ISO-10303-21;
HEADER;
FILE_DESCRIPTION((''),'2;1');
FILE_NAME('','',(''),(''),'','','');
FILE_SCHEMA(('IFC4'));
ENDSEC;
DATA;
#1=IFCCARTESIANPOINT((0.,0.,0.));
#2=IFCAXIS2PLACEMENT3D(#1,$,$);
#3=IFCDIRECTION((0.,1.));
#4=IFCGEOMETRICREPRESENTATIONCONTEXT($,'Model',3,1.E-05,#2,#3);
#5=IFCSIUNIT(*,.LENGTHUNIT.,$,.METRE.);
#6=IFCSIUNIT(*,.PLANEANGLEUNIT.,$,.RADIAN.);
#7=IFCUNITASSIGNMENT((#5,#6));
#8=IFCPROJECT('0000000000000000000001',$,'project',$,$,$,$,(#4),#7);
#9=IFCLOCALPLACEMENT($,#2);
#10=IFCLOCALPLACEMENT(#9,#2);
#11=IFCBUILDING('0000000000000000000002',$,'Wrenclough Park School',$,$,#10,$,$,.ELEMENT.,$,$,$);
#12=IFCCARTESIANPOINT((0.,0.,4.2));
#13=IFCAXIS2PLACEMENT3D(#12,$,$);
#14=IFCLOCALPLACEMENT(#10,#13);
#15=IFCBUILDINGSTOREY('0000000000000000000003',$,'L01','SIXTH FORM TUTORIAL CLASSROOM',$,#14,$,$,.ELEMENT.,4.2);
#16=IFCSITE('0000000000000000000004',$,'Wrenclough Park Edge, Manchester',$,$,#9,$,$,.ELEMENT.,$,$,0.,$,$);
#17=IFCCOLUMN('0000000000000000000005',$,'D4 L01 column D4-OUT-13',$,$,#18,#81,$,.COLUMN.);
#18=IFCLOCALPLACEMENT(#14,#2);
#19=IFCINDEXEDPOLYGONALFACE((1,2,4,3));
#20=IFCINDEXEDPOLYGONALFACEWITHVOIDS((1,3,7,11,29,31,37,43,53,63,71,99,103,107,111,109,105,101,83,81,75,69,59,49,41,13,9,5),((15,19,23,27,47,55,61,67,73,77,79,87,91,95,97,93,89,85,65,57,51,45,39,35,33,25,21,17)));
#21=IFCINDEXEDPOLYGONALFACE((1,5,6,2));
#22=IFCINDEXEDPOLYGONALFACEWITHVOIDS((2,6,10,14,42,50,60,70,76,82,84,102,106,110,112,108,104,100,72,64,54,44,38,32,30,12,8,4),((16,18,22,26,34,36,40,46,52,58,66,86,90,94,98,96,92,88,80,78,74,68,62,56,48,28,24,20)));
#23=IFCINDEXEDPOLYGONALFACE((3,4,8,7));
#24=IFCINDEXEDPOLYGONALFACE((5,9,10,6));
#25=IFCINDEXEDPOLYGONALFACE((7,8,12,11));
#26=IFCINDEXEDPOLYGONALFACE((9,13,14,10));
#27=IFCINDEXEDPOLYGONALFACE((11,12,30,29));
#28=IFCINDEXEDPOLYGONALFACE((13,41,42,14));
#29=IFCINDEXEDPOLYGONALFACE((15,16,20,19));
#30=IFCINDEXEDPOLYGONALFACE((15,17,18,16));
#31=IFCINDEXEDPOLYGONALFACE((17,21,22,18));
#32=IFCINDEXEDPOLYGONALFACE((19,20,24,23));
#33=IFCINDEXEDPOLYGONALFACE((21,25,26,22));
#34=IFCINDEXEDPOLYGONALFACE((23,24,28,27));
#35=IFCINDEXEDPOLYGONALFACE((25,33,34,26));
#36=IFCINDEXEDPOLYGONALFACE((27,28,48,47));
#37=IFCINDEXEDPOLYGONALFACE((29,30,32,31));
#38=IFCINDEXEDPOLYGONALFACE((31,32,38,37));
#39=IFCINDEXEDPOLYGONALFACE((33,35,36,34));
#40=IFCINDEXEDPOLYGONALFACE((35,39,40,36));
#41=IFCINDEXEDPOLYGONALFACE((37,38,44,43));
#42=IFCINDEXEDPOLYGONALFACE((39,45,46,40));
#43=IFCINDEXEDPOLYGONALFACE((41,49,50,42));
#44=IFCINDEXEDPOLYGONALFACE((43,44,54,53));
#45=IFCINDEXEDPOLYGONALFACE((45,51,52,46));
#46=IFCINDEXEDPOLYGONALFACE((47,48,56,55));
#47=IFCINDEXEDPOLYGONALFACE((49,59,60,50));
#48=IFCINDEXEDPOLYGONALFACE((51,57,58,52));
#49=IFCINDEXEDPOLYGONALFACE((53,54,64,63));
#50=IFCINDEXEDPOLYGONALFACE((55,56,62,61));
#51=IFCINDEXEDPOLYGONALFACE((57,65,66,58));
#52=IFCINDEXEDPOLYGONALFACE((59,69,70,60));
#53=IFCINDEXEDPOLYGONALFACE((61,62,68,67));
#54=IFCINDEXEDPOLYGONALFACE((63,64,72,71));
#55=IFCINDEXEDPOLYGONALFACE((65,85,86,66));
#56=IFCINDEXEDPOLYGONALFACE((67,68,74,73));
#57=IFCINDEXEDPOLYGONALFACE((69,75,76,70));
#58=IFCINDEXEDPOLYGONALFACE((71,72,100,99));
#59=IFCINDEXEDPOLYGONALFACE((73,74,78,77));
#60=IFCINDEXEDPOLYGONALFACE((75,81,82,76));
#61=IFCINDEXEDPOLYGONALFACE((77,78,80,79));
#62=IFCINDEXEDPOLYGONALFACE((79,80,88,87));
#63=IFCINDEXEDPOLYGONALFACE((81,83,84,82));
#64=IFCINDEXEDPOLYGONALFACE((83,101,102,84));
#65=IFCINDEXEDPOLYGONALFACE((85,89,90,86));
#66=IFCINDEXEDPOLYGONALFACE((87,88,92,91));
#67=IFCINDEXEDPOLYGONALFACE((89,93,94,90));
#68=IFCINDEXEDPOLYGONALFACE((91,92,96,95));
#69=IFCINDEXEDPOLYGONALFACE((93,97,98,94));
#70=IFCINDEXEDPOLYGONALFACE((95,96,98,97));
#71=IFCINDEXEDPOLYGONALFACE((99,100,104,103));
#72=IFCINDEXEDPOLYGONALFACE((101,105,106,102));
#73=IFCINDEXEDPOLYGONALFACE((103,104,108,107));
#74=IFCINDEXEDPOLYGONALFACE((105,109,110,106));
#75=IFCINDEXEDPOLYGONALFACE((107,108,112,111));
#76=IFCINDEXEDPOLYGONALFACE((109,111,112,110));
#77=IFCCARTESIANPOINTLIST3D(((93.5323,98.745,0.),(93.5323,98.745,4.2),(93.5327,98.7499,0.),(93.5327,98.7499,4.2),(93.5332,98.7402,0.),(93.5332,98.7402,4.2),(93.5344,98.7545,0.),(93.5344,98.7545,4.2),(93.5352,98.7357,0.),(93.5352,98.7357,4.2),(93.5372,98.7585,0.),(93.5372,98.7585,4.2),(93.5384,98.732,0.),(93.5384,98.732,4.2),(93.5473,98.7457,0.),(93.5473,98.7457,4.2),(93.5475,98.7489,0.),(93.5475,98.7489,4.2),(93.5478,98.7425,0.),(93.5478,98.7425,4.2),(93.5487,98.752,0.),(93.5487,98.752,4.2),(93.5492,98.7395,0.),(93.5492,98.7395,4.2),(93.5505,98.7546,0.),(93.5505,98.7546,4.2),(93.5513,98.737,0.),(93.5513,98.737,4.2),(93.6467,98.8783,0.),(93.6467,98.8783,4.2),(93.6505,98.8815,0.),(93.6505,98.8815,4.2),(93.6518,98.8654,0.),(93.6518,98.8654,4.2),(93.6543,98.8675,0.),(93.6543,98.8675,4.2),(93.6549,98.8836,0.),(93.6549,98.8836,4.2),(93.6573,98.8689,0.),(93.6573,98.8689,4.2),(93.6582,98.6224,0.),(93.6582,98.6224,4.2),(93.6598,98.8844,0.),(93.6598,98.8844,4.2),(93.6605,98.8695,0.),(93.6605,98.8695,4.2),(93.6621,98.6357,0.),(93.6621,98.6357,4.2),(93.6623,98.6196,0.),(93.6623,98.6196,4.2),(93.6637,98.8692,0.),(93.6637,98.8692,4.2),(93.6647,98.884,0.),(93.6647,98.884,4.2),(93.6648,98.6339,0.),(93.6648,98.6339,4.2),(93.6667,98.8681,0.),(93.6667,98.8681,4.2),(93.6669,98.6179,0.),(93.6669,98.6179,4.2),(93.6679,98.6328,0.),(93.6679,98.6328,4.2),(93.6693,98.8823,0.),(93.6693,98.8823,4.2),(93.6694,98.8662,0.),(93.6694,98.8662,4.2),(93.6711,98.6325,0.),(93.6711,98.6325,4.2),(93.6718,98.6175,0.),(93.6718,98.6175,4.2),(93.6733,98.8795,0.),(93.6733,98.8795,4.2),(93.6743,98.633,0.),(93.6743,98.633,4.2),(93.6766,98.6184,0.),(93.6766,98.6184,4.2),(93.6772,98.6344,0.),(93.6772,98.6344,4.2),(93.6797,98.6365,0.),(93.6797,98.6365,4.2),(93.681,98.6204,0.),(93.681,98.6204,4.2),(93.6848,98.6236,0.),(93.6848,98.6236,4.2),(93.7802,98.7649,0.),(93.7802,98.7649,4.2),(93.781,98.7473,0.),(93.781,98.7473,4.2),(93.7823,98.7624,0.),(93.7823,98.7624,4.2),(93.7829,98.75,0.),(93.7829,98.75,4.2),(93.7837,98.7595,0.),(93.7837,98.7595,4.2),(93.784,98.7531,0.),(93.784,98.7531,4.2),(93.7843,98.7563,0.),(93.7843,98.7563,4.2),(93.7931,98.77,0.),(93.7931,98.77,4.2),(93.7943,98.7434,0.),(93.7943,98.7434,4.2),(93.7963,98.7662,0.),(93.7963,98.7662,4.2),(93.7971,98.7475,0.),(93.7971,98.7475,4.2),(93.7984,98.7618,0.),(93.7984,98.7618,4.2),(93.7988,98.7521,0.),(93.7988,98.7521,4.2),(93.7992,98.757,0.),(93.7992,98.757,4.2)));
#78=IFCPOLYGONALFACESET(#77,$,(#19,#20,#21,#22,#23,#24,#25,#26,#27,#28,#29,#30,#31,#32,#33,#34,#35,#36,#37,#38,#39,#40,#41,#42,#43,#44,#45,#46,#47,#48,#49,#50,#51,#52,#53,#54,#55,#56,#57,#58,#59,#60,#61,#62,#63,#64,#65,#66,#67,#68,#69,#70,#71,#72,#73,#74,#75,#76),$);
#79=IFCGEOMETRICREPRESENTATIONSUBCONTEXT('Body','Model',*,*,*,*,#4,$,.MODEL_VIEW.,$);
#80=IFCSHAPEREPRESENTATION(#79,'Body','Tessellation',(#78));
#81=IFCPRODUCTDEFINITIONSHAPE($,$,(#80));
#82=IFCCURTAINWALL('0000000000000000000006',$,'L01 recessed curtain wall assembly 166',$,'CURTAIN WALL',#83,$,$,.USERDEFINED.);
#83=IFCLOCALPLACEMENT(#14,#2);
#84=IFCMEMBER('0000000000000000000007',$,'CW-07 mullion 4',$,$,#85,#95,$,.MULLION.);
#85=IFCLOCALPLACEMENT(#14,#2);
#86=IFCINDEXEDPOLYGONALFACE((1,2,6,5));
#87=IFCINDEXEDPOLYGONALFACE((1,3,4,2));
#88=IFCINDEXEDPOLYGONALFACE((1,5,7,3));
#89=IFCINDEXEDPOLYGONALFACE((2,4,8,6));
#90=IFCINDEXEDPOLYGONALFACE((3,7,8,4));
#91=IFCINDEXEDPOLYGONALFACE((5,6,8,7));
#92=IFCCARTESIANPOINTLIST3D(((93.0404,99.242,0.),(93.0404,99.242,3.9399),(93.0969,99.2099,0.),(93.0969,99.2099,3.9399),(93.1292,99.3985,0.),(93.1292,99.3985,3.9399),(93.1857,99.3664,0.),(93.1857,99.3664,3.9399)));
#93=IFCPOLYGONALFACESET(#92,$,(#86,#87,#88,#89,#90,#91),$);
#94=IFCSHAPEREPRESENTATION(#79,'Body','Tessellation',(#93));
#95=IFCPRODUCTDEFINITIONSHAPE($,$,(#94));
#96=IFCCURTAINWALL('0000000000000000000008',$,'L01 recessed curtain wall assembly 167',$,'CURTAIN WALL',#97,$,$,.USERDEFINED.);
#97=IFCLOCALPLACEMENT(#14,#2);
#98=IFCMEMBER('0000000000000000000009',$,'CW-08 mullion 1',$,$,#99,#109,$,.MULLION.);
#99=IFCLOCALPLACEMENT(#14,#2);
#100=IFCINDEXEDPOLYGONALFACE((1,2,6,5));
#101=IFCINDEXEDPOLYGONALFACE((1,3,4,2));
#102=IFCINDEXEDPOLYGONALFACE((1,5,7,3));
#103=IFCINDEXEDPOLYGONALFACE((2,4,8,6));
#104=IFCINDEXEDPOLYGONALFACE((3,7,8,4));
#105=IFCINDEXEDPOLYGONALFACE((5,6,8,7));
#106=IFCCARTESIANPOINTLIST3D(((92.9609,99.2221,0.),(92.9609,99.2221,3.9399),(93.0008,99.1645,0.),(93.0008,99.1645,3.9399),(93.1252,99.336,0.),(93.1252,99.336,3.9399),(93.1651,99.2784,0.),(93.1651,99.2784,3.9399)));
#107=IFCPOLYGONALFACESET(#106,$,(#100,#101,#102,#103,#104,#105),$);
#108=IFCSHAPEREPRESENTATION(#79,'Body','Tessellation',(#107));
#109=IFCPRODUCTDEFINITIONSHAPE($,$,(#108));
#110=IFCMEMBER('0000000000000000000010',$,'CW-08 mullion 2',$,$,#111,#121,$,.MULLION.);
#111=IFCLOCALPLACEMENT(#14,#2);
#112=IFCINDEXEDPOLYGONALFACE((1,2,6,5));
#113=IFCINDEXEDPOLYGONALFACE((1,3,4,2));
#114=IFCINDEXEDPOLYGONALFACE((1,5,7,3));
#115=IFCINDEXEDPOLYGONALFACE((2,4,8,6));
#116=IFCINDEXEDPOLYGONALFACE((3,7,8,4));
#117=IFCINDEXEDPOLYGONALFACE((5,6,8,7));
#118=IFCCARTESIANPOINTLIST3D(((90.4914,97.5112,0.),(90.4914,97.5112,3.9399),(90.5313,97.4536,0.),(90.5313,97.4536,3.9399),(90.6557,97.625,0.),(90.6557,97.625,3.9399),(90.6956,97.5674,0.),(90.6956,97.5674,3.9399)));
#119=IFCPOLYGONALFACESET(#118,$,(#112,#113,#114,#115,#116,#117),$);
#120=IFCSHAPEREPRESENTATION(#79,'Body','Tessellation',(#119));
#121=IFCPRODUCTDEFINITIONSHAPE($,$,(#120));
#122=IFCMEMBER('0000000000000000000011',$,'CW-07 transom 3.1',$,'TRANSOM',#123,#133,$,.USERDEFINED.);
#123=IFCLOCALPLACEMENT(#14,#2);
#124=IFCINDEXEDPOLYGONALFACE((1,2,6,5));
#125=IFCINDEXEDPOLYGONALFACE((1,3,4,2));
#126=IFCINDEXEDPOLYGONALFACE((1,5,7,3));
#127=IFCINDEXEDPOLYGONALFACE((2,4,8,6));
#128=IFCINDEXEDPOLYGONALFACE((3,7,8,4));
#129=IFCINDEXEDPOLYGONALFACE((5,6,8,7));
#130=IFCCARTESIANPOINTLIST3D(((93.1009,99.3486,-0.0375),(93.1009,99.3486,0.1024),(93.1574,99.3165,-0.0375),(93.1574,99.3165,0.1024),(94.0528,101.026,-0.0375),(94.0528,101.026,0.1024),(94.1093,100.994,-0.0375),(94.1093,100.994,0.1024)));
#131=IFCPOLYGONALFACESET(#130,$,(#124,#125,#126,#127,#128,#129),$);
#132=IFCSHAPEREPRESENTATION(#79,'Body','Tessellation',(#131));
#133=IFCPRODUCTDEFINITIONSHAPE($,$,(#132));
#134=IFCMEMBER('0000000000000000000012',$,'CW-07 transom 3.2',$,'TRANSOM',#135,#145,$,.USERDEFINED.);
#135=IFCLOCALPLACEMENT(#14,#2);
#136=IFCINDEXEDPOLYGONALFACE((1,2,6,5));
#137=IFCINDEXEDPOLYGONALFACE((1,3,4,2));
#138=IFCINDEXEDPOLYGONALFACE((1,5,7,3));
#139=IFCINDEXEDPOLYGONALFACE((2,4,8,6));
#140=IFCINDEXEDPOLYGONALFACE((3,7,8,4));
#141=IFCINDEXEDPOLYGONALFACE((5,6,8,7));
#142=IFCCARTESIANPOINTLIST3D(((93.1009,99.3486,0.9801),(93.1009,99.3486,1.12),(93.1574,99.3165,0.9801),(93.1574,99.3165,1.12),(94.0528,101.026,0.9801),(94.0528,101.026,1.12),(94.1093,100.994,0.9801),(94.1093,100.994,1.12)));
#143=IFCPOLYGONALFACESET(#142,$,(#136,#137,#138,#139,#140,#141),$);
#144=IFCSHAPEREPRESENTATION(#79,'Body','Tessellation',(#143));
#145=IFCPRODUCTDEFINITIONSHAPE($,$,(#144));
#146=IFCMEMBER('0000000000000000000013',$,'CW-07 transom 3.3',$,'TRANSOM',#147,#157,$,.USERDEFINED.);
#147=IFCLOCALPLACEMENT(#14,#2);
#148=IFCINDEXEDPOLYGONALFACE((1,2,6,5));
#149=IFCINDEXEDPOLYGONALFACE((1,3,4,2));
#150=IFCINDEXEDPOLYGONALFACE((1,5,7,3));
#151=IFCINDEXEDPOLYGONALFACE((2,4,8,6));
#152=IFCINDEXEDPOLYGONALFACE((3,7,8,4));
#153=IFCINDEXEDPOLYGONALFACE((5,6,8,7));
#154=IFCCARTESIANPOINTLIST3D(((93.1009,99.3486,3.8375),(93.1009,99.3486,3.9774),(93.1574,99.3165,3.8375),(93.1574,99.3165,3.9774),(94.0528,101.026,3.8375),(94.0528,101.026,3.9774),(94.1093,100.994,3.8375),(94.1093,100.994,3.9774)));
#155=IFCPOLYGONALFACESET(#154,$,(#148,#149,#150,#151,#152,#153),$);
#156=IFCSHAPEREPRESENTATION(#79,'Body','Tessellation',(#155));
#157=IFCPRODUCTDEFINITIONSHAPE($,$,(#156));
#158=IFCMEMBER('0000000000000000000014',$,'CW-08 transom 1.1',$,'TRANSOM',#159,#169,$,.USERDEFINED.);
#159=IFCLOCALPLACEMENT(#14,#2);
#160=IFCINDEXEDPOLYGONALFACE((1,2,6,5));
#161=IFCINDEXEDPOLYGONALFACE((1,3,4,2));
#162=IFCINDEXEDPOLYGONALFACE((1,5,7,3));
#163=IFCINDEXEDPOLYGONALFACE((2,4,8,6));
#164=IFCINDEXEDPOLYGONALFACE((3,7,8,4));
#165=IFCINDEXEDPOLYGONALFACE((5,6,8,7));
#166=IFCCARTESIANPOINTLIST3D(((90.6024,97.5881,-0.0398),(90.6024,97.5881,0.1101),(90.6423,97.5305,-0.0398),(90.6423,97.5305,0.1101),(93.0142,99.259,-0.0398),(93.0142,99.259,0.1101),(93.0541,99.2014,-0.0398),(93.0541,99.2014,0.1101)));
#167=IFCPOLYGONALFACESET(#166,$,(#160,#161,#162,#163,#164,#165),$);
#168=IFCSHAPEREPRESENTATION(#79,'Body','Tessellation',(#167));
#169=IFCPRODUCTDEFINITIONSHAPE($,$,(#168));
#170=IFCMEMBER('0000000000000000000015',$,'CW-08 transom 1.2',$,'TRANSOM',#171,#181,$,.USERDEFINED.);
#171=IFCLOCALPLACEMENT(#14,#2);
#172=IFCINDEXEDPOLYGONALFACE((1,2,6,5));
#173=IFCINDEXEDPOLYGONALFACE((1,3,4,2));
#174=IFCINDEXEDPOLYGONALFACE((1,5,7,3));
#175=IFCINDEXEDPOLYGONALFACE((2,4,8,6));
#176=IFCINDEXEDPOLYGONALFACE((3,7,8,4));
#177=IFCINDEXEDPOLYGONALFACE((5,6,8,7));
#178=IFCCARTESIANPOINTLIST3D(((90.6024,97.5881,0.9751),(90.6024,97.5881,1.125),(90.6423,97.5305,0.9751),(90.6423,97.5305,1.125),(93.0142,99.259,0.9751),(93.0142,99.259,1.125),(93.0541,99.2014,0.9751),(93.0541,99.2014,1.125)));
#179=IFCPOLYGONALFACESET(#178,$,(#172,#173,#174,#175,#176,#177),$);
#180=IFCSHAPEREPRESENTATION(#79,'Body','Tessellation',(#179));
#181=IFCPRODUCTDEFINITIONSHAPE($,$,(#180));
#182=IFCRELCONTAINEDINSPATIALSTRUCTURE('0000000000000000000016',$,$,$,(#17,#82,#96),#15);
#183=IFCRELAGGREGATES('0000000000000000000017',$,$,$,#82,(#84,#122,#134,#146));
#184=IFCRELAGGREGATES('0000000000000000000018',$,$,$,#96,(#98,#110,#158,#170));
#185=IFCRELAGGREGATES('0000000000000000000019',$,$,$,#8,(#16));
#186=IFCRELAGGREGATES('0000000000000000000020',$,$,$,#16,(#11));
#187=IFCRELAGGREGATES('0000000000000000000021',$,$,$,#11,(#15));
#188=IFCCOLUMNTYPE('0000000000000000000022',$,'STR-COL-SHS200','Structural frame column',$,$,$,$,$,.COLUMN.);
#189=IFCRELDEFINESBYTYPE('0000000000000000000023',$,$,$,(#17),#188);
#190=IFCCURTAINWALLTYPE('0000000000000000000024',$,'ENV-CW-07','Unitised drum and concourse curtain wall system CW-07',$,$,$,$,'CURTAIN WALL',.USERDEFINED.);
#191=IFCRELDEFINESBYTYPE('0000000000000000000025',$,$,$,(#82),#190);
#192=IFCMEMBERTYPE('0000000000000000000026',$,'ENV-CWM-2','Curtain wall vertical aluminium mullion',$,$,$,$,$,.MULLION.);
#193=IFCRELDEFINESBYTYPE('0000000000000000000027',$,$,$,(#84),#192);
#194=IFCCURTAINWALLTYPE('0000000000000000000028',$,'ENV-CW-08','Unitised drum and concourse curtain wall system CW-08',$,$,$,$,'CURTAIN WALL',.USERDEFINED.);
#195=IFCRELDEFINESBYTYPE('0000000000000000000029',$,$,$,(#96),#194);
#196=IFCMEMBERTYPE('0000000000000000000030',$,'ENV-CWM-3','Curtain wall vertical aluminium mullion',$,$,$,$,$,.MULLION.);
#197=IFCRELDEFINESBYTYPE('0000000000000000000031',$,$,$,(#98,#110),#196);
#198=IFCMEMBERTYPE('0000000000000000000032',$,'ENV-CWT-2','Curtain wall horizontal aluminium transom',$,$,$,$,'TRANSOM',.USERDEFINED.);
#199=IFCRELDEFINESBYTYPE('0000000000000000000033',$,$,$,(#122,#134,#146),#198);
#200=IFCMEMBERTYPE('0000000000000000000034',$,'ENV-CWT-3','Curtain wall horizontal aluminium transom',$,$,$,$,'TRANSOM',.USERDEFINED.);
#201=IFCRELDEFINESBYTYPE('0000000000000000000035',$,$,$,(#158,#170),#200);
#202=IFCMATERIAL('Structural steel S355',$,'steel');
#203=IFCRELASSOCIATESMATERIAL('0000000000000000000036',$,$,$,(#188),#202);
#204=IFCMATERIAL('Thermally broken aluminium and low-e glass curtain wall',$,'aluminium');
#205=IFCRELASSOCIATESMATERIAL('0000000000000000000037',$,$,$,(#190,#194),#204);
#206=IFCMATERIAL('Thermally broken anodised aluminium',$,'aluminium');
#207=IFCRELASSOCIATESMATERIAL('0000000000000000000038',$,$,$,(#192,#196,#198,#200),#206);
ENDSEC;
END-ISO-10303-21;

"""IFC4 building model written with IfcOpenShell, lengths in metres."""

from ifc_helpers import new_model, si_unit, direction, frame, origin, origin_2d, place, context, subcontext, project, spatial, rectangle, hollow_rectangle, extrude, material, material_profile, profile_set, type_object, element, aggregate, save


model = new_model("IFC4")

# Units and contexts
model_context = context("Model", 3, precision=1e-05, world=origin(), true_north=direction((0.0, 1.0)))
body_context = subcontext(model_context, "Body", "Model", "MODEL_VIEW")
ifc_project = project(units=[si_unit("LENGTHUNIT", "METRE"), si_unit("PLANEANGLEUNIT", "RADIAN")], contexts=[model_context])

# Site, building, storey
site_placement = place(None, origin())
site = spatial("IfcSite", under=ifc_project, at=site_placement, Name="Wrenclough Park Edge, Manchester", CompositionType="ELEMENT", RefElevation=0.0)
building_placement = place(site_placement, origin())
building = spatial("IfcBuilding", under=site, at=building_placement, Name="Wrenclough Park School", CompositionType="ELEMENT")
storey_placement = place(building_placement, frame((0.0, 0.0, 4.2)))
storey = spatial("IfcBuildingStorey", under=building, at=storey_placement, Name="L01", Description="SIXTH FORM TUTORIAL CLASSROOM", CompositionType="ELEMENT", Elevation=4.2)

# Column
ifc_material_1 = material(Name="Structural steel S355", Category="steel")
ifc_material_profile_1 = material_profile(ifc_material_1, hollow_rectangle(XDim=0.2, YDim=0.2, WallThickness=0.0125, InnerFilletRadius=0.0125, OuterFilletRadius=0.0188, at=origin_2d()), Name="SHS 200x200x12.5")
ifc_profile_set_1 = profile_set([ifc_material_profile_1], Name="Structural steel S355")
column_type = type_object("IfcColumnType", Name="STR-COL-SHS200", Description="Structural frame column", PredefinedType="COLUMN", material=ifc_profile_set_1)
column_placement = place(storey_placement, frame((93.6658, 98.751, 0.0), z_axis=(0.0, 0.0, 1.0), x_axis=(0.674689, 0.738102, 0.0)))
element("IfcColumn", 1, at=column_placement, inside=storey, type_object=column_type, Name="D4 L01 column D4-OUT-13", PredefinedType="COLUMN", context=body_context, shape_type="SweptSolid", body=[
    extrude(hollow_rectangle(XDim=0.2, YDim=0.2, WallThickness=0.0125, InnerFilletRadius=0.0125, OuterFilletRadius=0.0188, at=origin_2d()), origin(), (0.0, 0.0, 1.0), 4.2),
])

# Curtain wall, member
ifc_material_2 = material(Name="Thermally broken aluminium and low-e glass curtain wall", Category="aluminium")
curtain_wall_type_1 = type_object("IfcCurtainWallType", Name="ENV-CW-07", Description="Unitised drum and concourse curtain wall system CW-07", ElementType="CURTAIN WALL", PredefinedType="USERDEFINED", material=ifc_material_2)
curtain_wall_1_placement = place(storey_placement, origin())
curtain_wall_1 = element("IfcCurtainWall", 2, at=curtain_wall_1_placement, inside=storey, type_object=curtain_wall_type_1, Name="L01 recessed curtain wall assembly 166", ObjectType="CURTAIN WALL", PredefinedType="USERDEFINED")
ifc_material_3 = material(Name="Thermally broken anodised aluminium", Category="aluminium")
ifc_material_profile_2 = material_profile(ifc_material_3, rectangle(XDim=0.0649, YDim=0.1799, at=origin_2d()), Name="AL MULLION 65x180")
ifc_profile_set_2 = profile_set([ifc_material_profile_2], Name="Thermally broken anodised aluminium")
member_type_1 = type_object("IfcMemberType", Name="ENV-CWM-2", Description="Curtain wall vertical aluminium mullion", PredefinedType="MULLION", material=ifc_profile_set_2)
member_1_placement = place(storey_placement, frame((93.113, 99.3042, 0.0), z_axis=(0.0, 0.0, 1.0), x_axis=(0.869745, -0.493501, 0.0)))
member_1 = element("IfcMember", 3, at=member_1_placement, type_object=member_type_1, Name="CW-07 mullion 4", PredefinedType="MULLION", context=body_context, shape_type="SweptSolid", body=[
    extrude(rectangle(XDim=0.0649, YDim=0.1799, at=origin_2d()), origin(), (0.0, 0.0, 1.0), 3.9399),
])

# Curtain wall, members
curtain_wall_type_2 = type_object("IfcCurtainWallType", Name="ENV-CW-08", Description="Unitised drum and concourse curtain wall system CW-08", ElementType="CURTAIN WALL", PredefinedType="USERDEFINED", material=ifc_material_2)
curtain_wall_2_placement = place(storey_placement, origin())
curtain_wall_2 = element("IfcCurtainWall", 4, at=curtain_wall_2_placement, inside=storey, type_object=curtain_wall_type_2, Name="L01 recessed curtain wall assembly 167", ObjectType="CURTAIN WALL", PredefinedType="USERDEFINED")
ifc_material_profile_3 = material_profile(ifc_material_3, rectangle(XDim=0.0701, YDim=0.2, at=origin_2d()), Name="AL MULLION 70x200")
ifc_profile_set_3 = profile_set([ifc_material_profile_3], Name="Thermally broken anodised aluminium")
member_type_2 = type_object("IfcMemberType", Name="ENV-CWM-3", Description="Curtain wall vertical aluminium mullion", PredefinedType="MULLION", material=ifc_profile_set_3)
member_2_placement = place(storey_placement, frame((93.063, 99.2502, 0.0), z_axis=(0.0, 0.0, 1.0), x_axis=(0.569486, -0.822001, 0.0)))
member_2 = element("IfcMember", 5, at=member_2_placement, type_object=member_type_2, Name="CW-08 mullion 1", PredefinedType="MULLION", context=body_context, shape_type="SweptSolid", body=[
    extrude(rectangle(XDim=0.0701, YDim=0.2, at=origin_2d()), origin(), (0.0, 0.0, 1.0), 3.9399),
])
member_3_placement = place(storey_placement, frame((90.5935, 97.5393, 0.0), z_axis=(0.0, 0.0, 1.0), x_axis=(0.569486, -0.822001, 0.0)))
member_3 = element("IfcMember", 6, at=member_3_placement, type_object=member_type_2, Name="CW-08 mullion 2", PredefinedType="MULLION", context=body_context, shape_type="SweptSolid", body=[
    extrude(rectangle(XDim=0.0701, YDim=0.2, at=origin_2d()), origin(), (0.0, 0.0, 1.0), 3.9399),
])

# Members
ifc_material_profile_4 = material_profile(ifc_material_3, rectangle(XDim=0.0649, YDim=0.1399, at=origin_2d()), Name="AL TRANSOM 65x140")
ifc_profile_set_4 = profile_set([ifc_material_profile_4], Name="Thermally broken anodised aluminium")
member_type_3 = type_object("IfcMemberType", Name="ENV-CWT-2", Description="Curtain wall horizontal aluminium transom", ElementType="TRANSOM", PredefinedType="USERDEFINED", material=ifc_profile_set_4)
member_4_placement = place(storey_placement, frame((94.0811, 101.01, 0.0325), z_axis=(-0.493533, -0.869727, 0.0), x_axis=(0.869727, -0.493533, 0.0)))
member_4 = element("IfcMember", 7, at=member_4_placement, type_object=member_type_3, Name="CW-07 transom 3.1", ObjectType="TRANSOM", PredefinedType="USERDEFINED", context=body_context, shape_type="SweptSolid", body=[
    extrude(rectangle(XDim=0.0649, YDim=0.1399, at=origin_2d()), origin(), (0.0, 0.0, 1.0), 1.9287),
])
member_5_placement = place(storey_placement, frame((94.0811, 101.01, 1.05), z_axis=(-0.493533, -0.869727, 0.0), x_axis=(0.869727, -0.493533, 0.0)))
member_5 = element("IfcMember", 8, at=member_5_placement, type_object=member_type_3, Name="CW-07 transom 3.2", ObjectType="TRANSOM", PredefinedType="USERDEFINED", context=body_context, shape_type="SweptSolid", body=[
    extrude(rectangle(XDim=0.0649, YDim=0.1399, at=origin_2d()), origin(), (0.0, 0.0, 1.0), 1.9287),
])
member_6_placement = place(storey_placement, frame((94.0811, 101.01, 3.9075), z_axis=(-0.493533, -0.869727, 0.0), x_axis=(0.869727, -0.493533, 0.0)))
member_6 = element("IfcMember", 9, at=member_6_placement, type_object=member_type_3, Name="CW-07 transom 3.3", ObjectType="TRANSOM", PredefinedType="USERDEFINED", context=body_context, shape_type="SweptSolid", body=[
    extrude(rectangle(XDim=0.0649, YDim=0.1399, at=origin_2d()), origin(), (0.0, 0.0, 1.0), 1.9287),
])
ifc_material_profile_5 = material_profile(ifc_material_3, rectangle(XDim=0.0701, YDim=0.1499, at=origin_2d()), Name="AL TRANSOM 70x150")
ifc_profile_set_5 = profile_set([ifc_material_profile_5], Name="Thermally broken anodised aluminium")
member_type_4 = type_object("IfcMemberType", Name="ENV-CWT-3", Description="Curtain wall horizontal aluminium transom", ElementType="TRANSOM", PredefinedType="USERDEFINED", material=ifc_profile_set_5)
member_7_placement = place(storey_placement, frame((93.0342, 99.2302, 0.0352), z_axis=(-0.822009, -0.569474, 0.0), x_axis=(0.569474, -0.822009, 0.0)))
member_7 = element("IfcMember", 10, at=member_7_placement, type_object=member_type_4, Name="CW-08 transom 1.1", ObjectType="TRANSOM", PredefinedType="USERDEFINED", context=body_context, shape_type="SweptSolid", body=[
    extrude(rectangle(XDim=0.0701, YDim=0.1499, at=origin_2d()), origin(), (0.0, 0.0, 1.0), 2.9341),
])
member_8_placement = place(storey_placement, frame((93.0342, 99.2302, 1.05), z_axis=(-0.822009, -0.569474, 0.0), x_axis=(0.569474, -0.822009, 0.0)))
member_8 = element("IfcMember", 11, at=member_8_placement, type_object=member_type_4, Name="CW-08 transom 1.2", ObjectType="TRANSOM", PredefinedType="USERDEFINED", context=body_context, shape_type="SweptSolid", body=[
    extrude(rectangle(XDim=0.0701, YDim=0.1499, at=origin_2d()), origin(), (0.0, 0.0, 1.0), 2.9341),
])

aggregate(curtain_wall_1, [member_1, member_4, member_5, member_6])
aggregate(curtain_wall_2, [member_2, member_3, member_7, member_8])

save(model, "model.ifc")
